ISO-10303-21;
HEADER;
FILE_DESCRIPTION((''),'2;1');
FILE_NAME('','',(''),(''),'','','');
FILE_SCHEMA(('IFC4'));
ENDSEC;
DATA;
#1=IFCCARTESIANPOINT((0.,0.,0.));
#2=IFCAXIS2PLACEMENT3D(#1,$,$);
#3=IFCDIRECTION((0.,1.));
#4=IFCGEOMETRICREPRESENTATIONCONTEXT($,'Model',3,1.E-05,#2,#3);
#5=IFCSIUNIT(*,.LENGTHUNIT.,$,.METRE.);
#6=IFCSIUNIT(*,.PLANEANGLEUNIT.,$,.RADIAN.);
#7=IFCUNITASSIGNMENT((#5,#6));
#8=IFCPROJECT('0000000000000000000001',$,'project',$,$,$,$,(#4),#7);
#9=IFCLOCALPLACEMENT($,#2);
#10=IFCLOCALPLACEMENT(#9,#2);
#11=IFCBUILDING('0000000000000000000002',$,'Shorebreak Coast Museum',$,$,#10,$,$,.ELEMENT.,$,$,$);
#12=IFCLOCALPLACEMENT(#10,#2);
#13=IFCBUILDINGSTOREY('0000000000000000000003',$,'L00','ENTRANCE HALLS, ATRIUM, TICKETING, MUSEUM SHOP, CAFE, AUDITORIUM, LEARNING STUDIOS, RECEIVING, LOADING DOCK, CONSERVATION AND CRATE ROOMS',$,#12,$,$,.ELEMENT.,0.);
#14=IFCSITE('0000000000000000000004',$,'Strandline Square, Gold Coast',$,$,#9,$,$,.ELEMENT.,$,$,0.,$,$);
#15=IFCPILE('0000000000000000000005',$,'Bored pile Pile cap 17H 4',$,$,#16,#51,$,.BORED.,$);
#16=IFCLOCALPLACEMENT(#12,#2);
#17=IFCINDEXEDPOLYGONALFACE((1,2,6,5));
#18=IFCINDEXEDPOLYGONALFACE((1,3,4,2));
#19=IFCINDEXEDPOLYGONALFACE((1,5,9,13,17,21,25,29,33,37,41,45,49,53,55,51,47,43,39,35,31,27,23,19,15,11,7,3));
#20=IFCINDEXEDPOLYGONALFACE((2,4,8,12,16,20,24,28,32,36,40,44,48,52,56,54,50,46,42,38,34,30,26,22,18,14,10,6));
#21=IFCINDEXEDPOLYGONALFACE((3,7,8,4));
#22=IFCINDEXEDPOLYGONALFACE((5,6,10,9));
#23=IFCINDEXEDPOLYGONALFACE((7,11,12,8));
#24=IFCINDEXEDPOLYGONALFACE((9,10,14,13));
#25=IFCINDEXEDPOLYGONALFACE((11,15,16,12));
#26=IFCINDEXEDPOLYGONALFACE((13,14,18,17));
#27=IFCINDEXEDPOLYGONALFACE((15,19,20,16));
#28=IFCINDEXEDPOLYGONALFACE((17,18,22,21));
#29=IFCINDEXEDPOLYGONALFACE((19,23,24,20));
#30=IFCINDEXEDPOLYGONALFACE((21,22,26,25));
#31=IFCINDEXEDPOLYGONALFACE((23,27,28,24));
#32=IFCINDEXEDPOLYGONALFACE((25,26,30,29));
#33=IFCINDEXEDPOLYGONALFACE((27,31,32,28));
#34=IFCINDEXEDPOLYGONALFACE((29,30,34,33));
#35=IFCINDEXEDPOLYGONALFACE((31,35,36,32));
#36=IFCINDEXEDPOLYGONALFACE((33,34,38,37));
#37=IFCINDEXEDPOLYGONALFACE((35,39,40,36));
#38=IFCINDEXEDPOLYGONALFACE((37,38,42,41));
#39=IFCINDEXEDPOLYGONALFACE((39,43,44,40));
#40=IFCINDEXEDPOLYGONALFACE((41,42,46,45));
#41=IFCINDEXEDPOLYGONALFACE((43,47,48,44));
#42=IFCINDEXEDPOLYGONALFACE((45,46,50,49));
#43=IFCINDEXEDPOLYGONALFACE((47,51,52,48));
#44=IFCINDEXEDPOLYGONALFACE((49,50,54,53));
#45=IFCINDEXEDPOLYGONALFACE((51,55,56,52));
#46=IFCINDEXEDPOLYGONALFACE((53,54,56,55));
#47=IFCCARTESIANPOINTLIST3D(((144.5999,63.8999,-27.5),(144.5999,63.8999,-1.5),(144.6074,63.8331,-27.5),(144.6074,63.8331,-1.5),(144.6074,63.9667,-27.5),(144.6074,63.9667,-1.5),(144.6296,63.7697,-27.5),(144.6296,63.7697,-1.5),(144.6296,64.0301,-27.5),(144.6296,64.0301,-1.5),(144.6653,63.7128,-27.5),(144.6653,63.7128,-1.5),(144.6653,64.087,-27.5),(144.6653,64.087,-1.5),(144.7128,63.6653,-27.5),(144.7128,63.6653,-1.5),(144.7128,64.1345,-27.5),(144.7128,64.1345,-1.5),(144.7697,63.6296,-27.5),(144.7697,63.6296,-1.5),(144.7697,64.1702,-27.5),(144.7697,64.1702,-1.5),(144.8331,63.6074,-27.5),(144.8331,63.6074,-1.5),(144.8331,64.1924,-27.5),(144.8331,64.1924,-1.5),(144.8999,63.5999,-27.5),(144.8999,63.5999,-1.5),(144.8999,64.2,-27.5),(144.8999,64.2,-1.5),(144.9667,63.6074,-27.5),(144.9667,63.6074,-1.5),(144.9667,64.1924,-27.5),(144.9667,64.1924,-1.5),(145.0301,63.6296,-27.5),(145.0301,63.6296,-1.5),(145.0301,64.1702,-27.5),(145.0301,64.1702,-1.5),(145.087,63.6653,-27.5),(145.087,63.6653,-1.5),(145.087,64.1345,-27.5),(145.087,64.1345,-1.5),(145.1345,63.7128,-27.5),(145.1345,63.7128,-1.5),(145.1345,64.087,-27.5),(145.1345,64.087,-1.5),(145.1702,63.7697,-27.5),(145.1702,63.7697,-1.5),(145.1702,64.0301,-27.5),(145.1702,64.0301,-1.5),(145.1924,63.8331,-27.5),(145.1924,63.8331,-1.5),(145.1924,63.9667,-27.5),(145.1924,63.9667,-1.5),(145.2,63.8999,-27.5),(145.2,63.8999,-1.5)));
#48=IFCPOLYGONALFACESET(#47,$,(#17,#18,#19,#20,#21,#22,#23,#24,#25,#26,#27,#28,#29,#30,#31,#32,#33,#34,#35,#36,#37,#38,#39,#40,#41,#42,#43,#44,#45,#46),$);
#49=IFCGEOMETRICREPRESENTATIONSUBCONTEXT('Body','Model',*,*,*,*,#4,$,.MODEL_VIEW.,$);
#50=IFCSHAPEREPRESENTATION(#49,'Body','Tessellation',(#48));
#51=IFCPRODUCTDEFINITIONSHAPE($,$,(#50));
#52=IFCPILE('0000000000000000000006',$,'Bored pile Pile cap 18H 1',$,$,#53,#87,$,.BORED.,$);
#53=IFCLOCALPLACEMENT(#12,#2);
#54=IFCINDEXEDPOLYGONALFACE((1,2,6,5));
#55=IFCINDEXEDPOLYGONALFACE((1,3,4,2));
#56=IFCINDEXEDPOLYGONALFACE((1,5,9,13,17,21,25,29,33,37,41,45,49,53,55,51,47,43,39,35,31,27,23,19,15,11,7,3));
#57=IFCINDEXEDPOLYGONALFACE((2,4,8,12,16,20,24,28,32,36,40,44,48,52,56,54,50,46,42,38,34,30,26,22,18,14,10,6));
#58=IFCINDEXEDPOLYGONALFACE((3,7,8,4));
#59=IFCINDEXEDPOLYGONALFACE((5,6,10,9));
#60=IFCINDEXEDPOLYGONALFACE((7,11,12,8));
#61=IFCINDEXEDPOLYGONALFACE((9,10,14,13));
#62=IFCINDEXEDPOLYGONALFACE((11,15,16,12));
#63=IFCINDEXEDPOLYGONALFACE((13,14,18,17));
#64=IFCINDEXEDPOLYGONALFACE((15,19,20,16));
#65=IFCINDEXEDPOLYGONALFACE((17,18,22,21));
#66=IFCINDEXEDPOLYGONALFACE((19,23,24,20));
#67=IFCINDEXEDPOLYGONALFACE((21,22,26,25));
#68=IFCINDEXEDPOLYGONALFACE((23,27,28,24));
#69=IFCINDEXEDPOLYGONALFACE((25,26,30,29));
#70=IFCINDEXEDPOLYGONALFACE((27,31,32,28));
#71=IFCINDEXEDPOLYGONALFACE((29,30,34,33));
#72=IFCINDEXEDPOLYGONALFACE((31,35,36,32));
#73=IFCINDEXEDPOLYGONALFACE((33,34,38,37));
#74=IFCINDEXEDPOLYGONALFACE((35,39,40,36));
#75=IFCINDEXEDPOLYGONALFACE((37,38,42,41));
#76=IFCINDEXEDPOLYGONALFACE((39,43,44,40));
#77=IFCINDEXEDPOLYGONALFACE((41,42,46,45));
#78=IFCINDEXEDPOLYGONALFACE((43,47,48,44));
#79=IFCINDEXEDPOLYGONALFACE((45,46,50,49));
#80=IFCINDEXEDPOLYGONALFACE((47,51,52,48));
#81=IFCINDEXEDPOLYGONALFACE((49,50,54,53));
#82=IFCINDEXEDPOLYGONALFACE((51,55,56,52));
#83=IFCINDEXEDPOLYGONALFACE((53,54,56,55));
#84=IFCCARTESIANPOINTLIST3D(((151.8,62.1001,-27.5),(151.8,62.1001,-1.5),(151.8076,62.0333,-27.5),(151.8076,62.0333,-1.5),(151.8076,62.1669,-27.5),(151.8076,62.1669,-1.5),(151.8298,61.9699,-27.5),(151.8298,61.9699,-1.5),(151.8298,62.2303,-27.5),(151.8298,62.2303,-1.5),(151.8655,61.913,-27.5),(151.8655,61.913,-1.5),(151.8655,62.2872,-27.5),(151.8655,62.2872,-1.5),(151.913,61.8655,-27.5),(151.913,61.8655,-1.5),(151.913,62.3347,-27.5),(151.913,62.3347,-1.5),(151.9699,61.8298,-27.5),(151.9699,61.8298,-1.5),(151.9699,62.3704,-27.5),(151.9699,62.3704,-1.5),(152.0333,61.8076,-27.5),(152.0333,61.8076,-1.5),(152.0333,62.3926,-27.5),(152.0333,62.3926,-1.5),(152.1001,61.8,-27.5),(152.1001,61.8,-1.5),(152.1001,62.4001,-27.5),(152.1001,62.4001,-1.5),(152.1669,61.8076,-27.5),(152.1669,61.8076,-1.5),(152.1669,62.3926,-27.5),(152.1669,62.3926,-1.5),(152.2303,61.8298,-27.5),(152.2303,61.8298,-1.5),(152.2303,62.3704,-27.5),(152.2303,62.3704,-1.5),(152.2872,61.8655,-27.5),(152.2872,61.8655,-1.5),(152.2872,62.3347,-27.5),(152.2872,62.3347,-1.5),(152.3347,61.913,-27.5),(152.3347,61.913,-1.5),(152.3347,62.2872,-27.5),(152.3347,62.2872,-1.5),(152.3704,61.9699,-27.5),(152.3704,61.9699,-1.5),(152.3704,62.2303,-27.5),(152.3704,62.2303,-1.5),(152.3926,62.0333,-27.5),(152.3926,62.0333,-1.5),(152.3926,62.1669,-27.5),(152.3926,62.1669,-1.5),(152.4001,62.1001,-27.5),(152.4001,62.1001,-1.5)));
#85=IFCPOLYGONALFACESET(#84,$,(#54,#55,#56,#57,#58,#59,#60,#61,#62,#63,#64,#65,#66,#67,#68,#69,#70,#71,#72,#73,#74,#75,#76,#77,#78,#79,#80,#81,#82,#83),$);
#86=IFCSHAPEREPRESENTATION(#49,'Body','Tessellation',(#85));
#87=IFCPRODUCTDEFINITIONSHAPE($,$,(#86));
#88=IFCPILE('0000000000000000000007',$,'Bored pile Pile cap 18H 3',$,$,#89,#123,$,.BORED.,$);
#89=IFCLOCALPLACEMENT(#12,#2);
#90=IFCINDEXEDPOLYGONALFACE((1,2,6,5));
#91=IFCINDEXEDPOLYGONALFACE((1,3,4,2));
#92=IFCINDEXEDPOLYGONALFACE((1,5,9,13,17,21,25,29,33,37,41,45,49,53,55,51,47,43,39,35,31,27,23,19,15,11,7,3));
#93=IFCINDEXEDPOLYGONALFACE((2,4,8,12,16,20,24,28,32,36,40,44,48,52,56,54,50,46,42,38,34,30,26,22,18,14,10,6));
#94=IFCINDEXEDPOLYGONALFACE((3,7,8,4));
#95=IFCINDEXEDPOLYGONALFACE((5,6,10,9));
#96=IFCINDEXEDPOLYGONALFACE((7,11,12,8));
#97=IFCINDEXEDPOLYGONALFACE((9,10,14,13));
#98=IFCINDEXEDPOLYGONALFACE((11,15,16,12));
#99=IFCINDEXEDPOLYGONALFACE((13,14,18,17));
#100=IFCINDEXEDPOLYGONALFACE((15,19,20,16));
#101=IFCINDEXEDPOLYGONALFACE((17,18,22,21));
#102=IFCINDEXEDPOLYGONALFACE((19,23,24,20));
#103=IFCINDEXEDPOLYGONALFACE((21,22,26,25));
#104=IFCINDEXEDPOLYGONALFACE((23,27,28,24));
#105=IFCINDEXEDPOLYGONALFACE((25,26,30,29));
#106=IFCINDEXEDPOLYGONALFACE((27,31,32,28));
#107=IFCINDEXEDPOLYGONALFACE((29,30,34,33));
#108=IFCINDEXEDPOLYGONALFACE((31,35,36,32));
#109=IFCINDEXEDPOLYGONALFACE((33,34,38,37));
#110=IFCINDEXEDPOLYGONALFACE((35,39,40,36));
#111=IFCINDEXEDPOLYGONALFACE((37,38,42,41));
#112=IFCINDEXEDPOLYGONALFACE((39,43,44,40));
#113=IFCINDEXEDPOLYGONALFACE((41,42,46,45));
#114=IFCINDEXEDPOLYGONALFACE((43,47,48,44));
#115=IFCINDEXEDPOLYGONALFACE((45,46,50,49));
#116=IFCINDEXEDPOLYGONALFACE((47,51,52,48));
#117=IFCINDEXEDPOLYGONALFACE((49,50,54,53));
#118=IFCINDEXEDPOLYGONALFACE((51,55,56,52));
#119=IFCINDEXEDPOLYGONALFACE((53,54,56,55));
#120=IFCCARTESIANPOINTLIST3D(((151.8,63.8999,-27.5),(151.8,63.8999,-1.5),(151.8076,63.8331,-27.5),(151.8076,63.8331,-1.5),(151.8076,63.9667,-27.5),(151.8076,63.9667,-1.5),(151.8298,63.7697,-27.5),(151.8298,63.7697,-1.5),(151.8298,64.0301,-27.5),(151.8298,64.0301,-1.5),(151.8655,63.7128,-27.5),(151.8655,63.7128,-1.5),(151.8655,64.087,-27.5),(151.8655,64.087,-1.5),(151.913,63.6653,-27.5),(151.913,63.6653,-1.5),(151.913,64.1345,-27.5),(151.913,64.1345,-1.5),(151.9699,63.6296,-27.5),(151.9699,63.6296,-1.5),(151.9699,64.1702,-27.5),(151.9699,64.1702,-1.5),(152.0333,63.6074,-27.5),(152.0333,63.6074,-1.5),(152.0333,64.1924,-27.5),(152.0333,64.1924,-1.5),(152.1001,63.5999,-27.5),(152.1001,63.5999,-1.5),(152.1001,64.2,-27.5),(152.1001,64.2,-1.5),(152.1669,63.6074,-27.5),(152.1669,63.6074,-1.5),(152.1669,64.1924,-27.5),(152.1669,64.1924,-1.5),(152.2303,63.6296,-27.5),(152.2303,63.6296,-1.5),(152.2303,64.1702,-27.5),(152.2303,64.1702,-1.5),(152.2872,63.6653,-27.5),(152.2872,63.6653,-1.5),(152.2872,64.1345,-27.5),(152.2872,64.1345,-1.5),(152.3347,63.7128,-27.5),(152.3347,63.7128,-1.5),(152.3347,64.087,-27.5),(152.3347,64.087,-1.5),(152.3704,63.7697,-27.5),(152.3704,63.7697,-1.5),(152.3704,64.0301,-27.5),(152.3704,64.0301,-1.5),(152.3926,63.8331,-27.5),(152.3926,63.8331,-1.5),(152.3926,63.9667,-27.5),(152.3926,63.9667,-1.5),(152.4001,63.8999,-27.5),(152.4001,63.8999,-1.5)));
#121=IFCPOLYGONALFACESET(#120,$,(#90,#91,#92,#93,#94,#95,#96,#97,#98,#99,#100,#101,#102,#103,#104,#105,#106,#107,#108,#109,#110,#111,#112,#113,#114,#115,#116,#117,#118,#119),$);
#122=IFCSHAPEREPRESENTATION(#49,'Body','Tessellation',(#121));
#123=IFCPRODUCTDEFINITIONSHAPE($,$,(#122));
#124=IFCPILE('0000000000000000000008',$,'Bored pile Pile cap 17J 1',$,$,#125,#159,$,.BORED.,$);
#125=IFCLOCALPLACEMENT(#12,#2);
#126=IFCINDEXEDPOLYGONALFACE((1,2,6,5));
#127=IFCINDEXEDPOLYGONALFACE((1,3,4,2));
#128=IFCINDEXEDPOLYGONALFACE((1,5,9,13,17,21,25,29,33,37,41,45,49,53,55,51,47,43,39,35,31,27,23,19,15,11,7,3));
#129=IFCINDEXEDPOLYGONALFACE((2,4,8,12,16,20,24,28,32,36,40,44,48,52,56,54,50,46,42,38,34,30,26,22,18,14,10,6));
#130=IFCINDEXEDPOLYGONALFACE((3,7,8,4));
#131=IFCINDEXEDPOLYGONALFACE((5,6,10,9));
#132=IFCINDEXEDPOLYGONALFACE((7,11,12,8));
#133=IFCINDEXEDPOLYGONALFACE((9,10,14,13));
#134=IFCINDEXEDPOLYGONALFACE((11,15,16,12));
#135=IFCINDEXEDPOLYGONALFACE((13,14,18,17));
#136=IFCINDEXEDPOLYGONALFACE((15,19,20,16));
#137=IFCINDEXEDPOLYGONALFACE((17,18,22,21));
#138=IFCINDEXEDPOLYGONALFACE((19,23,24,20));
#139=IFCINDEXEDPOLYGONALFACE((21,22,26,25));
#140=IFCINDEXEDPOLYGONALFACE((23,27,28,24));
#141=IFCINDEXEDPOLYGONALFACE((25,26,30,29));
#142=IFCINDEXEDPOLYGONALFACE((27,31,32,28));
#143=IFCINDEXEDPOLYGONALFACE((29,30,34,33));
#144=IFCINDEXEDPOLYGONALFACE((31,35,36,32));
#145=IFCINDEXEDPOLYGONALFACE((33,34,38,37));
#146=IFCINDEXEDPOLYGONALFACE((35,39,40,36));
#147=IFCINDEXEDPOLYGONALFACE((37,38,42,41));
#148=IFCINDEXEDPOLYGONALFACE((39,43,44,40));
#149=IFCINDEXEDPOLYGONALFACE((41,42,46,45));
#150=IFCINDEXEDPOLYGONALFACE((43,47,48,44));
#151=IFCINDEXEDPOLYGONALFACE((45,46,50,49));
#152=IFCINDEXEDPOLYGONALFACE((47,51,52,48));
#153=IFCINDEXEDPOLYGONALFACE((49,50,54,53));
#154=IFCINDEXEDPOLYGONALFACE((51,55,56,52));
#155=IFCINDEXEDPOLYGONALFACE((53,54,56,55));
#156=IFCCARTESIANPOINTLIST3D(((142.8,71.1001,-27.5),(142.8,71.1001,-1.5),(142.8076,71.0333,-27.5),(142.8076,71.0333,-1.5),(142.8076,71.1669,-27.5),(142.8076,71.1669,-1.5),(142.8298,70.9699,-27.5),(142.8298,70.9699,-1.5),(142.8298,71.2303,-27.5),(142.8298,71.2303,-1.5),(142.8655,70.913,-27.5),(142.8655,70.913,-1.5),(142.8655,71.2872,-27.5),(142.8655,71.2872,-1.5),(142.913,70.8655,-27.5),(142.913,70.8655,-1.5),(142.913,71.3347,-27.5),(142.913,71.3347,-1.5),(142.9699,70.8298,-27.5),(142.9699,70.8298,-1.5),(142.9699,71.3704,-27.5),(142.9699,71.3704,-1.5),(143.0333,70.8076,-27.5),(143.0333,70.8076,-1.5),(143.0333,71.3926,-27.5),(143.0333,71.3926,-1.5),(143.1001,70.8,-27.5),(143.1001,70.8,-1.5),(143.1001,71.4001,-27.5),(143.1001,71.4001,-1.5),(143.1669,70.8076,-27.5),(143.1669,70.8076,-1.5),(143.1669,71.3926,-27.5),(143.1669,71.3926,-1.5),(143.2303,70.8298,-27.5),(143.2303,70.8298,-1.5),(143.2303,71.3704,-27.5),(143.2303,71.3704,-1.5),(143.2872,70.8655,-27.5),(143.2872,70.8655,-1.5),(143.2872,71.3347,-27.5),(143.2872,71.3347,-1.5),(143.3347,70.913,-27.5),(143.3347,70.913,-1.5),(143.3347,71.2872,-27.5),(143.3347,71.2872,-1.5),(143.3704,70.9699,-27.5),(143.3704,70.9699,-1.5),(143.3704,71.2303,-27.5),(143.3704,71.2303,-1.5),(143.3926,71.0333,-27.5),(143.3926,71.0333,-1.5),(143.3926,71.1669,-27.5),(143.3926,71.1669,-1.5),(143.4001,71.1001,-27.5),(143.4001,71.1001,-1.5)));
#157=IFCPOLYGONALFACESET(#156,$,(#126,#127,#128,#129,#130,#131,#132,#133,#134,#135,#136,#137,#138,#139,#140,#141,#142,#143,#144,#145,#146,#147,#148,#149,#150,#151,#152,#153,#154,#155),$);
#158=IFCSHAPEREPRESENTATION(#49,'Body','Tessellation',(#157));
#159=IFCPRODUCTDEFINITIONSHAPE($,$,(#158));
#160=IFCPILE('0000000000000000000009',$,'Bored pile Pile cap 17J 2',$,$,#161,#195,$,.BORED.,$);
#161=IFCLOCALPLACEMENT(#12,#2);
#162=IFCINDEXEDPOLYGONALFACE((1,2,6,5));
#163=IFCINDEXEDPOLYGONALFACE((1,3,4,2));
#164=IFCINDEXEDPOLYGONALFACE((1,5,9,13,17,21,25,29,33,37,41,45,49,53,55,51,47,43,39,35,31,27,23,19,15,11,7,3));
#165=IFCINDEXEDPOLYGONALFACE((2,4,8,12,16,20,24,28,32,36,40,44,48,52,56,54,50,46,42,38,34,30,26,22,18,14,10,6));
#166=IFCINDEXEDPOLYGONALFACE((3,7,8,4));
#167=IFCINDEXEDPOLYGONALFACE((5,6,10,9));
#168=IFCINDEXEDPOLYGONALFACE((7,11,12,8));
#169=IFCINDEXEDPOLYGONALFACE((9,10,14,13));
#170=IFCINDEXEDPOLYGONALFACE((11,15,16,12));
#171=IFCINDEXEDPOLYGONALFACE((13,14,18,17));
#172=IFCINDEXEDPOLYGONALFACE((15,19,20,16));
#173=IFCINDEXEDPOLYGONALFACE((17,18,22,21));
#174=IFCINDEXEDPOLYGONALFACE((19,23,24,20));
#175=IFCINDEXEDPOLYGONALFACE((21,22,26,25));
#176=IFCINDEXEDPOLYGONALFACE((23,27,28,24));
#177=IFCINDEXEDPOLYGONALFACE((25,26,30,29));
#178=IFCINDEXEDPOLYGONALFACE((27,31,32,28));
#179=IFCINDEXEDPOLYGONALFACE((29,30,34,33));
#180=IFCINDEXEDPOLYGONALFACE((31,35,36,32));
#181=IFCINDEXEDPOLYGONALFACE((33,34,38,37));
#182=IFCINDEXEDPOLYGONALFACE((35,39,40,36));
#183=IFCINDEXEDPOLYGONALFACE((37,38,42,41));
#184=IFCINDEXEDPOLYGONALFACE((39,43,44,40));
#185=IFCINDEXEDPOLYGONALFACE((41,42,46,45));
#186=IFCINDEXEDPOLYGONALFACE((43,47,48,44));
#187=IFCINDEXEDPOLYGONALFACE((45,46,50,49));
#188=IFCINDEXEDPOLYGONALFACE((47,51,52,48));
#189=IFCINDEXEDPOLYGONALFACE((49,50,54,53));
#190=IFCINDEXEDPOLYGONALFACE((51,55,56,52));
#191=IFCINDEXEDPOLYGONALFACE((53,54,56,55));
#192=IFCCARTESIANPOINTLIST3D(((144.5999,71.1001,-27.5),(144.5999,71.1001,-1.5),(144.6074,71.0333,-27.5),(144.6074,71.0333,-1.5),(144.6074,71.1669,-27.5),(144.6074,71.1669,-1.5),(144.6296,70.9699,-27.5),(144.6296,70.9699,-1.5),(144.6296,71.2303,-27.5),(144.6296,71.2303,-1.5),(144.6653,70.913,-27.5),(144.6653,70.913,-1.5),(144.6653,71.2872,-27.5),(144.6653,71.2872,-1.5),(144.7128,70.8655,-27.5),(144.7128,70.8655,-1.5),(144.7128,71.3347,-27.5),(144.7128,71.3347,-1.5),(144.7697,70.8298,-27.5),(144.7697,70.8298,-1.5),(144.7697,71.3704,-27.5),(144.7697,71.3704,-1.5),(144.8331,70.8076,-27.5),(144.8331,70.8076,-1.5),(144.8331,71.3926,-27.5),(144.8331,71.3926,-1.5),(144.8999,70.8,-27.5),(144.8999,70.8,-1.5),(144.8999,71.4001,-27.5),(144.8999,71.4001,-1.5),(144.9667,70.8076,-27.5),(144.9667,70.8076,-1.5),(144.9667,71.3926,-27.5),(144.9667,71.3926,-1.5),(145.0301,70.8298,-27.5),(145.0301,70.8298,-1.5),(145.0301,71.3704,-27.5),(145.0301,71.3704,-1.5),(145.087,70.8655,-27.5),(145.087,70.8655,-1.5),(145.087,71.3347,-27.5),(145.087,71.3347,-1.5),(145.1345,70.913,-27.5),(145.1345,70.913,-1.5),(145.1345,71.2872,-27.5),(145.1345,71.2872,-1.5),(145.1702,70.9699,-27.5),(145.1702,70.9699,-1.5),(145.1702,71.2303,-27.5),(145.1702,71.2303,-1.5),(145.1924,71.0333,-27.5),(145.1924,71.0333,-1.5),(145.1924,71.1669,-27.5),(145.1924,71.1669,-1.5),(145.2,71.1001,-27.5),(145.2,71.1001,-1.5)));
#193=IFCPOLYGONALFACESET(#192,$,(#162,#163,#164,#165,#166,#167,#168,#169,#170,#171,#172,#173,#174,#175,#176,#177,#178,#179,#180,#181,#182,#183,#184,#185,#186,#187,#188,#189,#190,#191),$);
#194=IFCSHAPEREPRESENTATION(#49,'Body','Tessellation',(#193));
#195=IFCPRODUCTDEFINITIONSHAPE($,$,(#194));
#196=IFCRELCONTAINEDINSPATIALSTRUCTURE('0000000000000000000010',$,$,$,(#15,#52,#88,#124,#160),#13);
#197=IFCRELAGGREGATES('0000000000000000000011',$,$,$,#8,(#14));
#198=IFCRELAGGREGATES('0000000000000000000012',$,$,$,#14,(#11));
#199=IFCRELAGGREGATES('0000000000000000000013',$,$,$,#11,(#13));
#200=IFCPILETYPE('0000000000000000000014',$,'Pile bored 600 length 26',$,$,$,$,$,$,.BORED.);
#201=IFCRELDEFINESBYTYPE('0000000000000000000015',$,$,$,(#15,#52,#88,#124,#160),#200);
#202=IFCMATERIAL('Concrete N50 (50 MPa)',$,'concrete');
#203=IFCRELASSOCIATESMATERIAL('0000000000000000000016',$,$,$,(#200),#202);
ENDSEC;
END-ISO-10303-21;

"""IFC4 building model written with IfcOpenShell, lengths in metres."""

from ifc_helpers import new_model, si_unit, direction, frame, origin, origin_2d, place, context, subcontext, project, spatial, circle, extrude, material, material_profile, profile_set, type_object, element, save


model = new_model("IFC4")

# Units and contexts
model_context = context("Model", 3, precision=1e-05, world=origin(), true_north=direction((0.0, 1.0)))
body_context = subcontext(model_context, "Body", "Model", "MODEL_VIEW")
ifc_project = project(units=[si_unit("LENGTHUNIT", "METRE"), si_unit("PLANEANGLEUNIT", "RADIAN")], contexts=[model_context])

# Site, building, storey
site_placement = place(None, origin())
site = spatial("IfcSite", under=ifc_project, at=site_placement, Name="Strandline Square, Gold Coast", CompositionType="ELEMENT", RefElevation=0.0)
building_placement = place(site_placement, origin())
building = spatial("IfcBuilding", under=site, at=building_placement, Name="Shorebreak Coast Museum", CompositionType="ELEMENT")
storey_placement = place(building_placement, origin())
storey = spatial("IfcBuildingStorey", under=building, at=storey_placement, Name="L00", Description="ENTRANCE HALLS, ATRIUM, TICKETING, MUSEUM SHOP, CAFE, AUDITORIUM, LEARNING STUDIOS, RECEIVING, LOADING DOCK, CONSERVATION AND CRATE ROOMS", CompositionType="ELEMENT", Elevation=0.0)

# Piles
ifc_material_1 = material(Name="Concrete N50 (50 MPa)", Category="concrete")
ifc_material_profile_1 = material_profile(ifc_material_1, circle(Radius=0.3, at=origin_2d()), Name="Pile bored 600 length 26")
ifc_profile_set_1 = profile_set([ifc_material_profile_1], Name="Concrete N50 (50 MPa)")
pile_type = type_object("IfcPileType", Name="Pile bored 600 length 26", PredefinedType="BORED", material=ifc_profile_set_1)
for number, where, z_axis, x_axis, name in (
    (1, (144.8999, 63.8999, -1.5), (0.0, 0.0, -1.0), (1.0, 0.0, 0.0), "Bored pile Pile cap 17H 4"),
    (2, (152.1001, 62.1001, -1.5), (0.0, 0.0, -1.0), (1.0, 0.0, 0.0), "Bored pile Pile cap 18H 1"),
    (3, (152.1001, 63.8999, -1.5), (0.0, 0.0, -1.0), (1.0, 0.0, 0.0), "Bored pile Pile cap 18H 3"),
    (4, (143.1001, 71.1001, -1.5), (0.0, 0.0, -1.0), (1.0, 0.0, 0.0), "Bored pile Pile cap 17J 1"),
    (5, (144.8999, 71.1001, -1.5), (0.0, 0.0, -1.0), (1.0, 0.0, 0.0), "Bored pile Pile cap 17J 2"),
):
    element("IfcPile", number, at=place(storey_placement, frame(where, z_axis=z_axis, x_axis=x_axis)), inside=storey, type_object=pile_type, Name=name, PredefinedType="BORED", context=body_context, shape_type="SweptSolid", body=[
        extrude(circle(Radius=0.3, at=origin_2d()), origin(), (0.0, 0.0, 1.0), 26.0),
    ])

save(model, "model.ifc")
